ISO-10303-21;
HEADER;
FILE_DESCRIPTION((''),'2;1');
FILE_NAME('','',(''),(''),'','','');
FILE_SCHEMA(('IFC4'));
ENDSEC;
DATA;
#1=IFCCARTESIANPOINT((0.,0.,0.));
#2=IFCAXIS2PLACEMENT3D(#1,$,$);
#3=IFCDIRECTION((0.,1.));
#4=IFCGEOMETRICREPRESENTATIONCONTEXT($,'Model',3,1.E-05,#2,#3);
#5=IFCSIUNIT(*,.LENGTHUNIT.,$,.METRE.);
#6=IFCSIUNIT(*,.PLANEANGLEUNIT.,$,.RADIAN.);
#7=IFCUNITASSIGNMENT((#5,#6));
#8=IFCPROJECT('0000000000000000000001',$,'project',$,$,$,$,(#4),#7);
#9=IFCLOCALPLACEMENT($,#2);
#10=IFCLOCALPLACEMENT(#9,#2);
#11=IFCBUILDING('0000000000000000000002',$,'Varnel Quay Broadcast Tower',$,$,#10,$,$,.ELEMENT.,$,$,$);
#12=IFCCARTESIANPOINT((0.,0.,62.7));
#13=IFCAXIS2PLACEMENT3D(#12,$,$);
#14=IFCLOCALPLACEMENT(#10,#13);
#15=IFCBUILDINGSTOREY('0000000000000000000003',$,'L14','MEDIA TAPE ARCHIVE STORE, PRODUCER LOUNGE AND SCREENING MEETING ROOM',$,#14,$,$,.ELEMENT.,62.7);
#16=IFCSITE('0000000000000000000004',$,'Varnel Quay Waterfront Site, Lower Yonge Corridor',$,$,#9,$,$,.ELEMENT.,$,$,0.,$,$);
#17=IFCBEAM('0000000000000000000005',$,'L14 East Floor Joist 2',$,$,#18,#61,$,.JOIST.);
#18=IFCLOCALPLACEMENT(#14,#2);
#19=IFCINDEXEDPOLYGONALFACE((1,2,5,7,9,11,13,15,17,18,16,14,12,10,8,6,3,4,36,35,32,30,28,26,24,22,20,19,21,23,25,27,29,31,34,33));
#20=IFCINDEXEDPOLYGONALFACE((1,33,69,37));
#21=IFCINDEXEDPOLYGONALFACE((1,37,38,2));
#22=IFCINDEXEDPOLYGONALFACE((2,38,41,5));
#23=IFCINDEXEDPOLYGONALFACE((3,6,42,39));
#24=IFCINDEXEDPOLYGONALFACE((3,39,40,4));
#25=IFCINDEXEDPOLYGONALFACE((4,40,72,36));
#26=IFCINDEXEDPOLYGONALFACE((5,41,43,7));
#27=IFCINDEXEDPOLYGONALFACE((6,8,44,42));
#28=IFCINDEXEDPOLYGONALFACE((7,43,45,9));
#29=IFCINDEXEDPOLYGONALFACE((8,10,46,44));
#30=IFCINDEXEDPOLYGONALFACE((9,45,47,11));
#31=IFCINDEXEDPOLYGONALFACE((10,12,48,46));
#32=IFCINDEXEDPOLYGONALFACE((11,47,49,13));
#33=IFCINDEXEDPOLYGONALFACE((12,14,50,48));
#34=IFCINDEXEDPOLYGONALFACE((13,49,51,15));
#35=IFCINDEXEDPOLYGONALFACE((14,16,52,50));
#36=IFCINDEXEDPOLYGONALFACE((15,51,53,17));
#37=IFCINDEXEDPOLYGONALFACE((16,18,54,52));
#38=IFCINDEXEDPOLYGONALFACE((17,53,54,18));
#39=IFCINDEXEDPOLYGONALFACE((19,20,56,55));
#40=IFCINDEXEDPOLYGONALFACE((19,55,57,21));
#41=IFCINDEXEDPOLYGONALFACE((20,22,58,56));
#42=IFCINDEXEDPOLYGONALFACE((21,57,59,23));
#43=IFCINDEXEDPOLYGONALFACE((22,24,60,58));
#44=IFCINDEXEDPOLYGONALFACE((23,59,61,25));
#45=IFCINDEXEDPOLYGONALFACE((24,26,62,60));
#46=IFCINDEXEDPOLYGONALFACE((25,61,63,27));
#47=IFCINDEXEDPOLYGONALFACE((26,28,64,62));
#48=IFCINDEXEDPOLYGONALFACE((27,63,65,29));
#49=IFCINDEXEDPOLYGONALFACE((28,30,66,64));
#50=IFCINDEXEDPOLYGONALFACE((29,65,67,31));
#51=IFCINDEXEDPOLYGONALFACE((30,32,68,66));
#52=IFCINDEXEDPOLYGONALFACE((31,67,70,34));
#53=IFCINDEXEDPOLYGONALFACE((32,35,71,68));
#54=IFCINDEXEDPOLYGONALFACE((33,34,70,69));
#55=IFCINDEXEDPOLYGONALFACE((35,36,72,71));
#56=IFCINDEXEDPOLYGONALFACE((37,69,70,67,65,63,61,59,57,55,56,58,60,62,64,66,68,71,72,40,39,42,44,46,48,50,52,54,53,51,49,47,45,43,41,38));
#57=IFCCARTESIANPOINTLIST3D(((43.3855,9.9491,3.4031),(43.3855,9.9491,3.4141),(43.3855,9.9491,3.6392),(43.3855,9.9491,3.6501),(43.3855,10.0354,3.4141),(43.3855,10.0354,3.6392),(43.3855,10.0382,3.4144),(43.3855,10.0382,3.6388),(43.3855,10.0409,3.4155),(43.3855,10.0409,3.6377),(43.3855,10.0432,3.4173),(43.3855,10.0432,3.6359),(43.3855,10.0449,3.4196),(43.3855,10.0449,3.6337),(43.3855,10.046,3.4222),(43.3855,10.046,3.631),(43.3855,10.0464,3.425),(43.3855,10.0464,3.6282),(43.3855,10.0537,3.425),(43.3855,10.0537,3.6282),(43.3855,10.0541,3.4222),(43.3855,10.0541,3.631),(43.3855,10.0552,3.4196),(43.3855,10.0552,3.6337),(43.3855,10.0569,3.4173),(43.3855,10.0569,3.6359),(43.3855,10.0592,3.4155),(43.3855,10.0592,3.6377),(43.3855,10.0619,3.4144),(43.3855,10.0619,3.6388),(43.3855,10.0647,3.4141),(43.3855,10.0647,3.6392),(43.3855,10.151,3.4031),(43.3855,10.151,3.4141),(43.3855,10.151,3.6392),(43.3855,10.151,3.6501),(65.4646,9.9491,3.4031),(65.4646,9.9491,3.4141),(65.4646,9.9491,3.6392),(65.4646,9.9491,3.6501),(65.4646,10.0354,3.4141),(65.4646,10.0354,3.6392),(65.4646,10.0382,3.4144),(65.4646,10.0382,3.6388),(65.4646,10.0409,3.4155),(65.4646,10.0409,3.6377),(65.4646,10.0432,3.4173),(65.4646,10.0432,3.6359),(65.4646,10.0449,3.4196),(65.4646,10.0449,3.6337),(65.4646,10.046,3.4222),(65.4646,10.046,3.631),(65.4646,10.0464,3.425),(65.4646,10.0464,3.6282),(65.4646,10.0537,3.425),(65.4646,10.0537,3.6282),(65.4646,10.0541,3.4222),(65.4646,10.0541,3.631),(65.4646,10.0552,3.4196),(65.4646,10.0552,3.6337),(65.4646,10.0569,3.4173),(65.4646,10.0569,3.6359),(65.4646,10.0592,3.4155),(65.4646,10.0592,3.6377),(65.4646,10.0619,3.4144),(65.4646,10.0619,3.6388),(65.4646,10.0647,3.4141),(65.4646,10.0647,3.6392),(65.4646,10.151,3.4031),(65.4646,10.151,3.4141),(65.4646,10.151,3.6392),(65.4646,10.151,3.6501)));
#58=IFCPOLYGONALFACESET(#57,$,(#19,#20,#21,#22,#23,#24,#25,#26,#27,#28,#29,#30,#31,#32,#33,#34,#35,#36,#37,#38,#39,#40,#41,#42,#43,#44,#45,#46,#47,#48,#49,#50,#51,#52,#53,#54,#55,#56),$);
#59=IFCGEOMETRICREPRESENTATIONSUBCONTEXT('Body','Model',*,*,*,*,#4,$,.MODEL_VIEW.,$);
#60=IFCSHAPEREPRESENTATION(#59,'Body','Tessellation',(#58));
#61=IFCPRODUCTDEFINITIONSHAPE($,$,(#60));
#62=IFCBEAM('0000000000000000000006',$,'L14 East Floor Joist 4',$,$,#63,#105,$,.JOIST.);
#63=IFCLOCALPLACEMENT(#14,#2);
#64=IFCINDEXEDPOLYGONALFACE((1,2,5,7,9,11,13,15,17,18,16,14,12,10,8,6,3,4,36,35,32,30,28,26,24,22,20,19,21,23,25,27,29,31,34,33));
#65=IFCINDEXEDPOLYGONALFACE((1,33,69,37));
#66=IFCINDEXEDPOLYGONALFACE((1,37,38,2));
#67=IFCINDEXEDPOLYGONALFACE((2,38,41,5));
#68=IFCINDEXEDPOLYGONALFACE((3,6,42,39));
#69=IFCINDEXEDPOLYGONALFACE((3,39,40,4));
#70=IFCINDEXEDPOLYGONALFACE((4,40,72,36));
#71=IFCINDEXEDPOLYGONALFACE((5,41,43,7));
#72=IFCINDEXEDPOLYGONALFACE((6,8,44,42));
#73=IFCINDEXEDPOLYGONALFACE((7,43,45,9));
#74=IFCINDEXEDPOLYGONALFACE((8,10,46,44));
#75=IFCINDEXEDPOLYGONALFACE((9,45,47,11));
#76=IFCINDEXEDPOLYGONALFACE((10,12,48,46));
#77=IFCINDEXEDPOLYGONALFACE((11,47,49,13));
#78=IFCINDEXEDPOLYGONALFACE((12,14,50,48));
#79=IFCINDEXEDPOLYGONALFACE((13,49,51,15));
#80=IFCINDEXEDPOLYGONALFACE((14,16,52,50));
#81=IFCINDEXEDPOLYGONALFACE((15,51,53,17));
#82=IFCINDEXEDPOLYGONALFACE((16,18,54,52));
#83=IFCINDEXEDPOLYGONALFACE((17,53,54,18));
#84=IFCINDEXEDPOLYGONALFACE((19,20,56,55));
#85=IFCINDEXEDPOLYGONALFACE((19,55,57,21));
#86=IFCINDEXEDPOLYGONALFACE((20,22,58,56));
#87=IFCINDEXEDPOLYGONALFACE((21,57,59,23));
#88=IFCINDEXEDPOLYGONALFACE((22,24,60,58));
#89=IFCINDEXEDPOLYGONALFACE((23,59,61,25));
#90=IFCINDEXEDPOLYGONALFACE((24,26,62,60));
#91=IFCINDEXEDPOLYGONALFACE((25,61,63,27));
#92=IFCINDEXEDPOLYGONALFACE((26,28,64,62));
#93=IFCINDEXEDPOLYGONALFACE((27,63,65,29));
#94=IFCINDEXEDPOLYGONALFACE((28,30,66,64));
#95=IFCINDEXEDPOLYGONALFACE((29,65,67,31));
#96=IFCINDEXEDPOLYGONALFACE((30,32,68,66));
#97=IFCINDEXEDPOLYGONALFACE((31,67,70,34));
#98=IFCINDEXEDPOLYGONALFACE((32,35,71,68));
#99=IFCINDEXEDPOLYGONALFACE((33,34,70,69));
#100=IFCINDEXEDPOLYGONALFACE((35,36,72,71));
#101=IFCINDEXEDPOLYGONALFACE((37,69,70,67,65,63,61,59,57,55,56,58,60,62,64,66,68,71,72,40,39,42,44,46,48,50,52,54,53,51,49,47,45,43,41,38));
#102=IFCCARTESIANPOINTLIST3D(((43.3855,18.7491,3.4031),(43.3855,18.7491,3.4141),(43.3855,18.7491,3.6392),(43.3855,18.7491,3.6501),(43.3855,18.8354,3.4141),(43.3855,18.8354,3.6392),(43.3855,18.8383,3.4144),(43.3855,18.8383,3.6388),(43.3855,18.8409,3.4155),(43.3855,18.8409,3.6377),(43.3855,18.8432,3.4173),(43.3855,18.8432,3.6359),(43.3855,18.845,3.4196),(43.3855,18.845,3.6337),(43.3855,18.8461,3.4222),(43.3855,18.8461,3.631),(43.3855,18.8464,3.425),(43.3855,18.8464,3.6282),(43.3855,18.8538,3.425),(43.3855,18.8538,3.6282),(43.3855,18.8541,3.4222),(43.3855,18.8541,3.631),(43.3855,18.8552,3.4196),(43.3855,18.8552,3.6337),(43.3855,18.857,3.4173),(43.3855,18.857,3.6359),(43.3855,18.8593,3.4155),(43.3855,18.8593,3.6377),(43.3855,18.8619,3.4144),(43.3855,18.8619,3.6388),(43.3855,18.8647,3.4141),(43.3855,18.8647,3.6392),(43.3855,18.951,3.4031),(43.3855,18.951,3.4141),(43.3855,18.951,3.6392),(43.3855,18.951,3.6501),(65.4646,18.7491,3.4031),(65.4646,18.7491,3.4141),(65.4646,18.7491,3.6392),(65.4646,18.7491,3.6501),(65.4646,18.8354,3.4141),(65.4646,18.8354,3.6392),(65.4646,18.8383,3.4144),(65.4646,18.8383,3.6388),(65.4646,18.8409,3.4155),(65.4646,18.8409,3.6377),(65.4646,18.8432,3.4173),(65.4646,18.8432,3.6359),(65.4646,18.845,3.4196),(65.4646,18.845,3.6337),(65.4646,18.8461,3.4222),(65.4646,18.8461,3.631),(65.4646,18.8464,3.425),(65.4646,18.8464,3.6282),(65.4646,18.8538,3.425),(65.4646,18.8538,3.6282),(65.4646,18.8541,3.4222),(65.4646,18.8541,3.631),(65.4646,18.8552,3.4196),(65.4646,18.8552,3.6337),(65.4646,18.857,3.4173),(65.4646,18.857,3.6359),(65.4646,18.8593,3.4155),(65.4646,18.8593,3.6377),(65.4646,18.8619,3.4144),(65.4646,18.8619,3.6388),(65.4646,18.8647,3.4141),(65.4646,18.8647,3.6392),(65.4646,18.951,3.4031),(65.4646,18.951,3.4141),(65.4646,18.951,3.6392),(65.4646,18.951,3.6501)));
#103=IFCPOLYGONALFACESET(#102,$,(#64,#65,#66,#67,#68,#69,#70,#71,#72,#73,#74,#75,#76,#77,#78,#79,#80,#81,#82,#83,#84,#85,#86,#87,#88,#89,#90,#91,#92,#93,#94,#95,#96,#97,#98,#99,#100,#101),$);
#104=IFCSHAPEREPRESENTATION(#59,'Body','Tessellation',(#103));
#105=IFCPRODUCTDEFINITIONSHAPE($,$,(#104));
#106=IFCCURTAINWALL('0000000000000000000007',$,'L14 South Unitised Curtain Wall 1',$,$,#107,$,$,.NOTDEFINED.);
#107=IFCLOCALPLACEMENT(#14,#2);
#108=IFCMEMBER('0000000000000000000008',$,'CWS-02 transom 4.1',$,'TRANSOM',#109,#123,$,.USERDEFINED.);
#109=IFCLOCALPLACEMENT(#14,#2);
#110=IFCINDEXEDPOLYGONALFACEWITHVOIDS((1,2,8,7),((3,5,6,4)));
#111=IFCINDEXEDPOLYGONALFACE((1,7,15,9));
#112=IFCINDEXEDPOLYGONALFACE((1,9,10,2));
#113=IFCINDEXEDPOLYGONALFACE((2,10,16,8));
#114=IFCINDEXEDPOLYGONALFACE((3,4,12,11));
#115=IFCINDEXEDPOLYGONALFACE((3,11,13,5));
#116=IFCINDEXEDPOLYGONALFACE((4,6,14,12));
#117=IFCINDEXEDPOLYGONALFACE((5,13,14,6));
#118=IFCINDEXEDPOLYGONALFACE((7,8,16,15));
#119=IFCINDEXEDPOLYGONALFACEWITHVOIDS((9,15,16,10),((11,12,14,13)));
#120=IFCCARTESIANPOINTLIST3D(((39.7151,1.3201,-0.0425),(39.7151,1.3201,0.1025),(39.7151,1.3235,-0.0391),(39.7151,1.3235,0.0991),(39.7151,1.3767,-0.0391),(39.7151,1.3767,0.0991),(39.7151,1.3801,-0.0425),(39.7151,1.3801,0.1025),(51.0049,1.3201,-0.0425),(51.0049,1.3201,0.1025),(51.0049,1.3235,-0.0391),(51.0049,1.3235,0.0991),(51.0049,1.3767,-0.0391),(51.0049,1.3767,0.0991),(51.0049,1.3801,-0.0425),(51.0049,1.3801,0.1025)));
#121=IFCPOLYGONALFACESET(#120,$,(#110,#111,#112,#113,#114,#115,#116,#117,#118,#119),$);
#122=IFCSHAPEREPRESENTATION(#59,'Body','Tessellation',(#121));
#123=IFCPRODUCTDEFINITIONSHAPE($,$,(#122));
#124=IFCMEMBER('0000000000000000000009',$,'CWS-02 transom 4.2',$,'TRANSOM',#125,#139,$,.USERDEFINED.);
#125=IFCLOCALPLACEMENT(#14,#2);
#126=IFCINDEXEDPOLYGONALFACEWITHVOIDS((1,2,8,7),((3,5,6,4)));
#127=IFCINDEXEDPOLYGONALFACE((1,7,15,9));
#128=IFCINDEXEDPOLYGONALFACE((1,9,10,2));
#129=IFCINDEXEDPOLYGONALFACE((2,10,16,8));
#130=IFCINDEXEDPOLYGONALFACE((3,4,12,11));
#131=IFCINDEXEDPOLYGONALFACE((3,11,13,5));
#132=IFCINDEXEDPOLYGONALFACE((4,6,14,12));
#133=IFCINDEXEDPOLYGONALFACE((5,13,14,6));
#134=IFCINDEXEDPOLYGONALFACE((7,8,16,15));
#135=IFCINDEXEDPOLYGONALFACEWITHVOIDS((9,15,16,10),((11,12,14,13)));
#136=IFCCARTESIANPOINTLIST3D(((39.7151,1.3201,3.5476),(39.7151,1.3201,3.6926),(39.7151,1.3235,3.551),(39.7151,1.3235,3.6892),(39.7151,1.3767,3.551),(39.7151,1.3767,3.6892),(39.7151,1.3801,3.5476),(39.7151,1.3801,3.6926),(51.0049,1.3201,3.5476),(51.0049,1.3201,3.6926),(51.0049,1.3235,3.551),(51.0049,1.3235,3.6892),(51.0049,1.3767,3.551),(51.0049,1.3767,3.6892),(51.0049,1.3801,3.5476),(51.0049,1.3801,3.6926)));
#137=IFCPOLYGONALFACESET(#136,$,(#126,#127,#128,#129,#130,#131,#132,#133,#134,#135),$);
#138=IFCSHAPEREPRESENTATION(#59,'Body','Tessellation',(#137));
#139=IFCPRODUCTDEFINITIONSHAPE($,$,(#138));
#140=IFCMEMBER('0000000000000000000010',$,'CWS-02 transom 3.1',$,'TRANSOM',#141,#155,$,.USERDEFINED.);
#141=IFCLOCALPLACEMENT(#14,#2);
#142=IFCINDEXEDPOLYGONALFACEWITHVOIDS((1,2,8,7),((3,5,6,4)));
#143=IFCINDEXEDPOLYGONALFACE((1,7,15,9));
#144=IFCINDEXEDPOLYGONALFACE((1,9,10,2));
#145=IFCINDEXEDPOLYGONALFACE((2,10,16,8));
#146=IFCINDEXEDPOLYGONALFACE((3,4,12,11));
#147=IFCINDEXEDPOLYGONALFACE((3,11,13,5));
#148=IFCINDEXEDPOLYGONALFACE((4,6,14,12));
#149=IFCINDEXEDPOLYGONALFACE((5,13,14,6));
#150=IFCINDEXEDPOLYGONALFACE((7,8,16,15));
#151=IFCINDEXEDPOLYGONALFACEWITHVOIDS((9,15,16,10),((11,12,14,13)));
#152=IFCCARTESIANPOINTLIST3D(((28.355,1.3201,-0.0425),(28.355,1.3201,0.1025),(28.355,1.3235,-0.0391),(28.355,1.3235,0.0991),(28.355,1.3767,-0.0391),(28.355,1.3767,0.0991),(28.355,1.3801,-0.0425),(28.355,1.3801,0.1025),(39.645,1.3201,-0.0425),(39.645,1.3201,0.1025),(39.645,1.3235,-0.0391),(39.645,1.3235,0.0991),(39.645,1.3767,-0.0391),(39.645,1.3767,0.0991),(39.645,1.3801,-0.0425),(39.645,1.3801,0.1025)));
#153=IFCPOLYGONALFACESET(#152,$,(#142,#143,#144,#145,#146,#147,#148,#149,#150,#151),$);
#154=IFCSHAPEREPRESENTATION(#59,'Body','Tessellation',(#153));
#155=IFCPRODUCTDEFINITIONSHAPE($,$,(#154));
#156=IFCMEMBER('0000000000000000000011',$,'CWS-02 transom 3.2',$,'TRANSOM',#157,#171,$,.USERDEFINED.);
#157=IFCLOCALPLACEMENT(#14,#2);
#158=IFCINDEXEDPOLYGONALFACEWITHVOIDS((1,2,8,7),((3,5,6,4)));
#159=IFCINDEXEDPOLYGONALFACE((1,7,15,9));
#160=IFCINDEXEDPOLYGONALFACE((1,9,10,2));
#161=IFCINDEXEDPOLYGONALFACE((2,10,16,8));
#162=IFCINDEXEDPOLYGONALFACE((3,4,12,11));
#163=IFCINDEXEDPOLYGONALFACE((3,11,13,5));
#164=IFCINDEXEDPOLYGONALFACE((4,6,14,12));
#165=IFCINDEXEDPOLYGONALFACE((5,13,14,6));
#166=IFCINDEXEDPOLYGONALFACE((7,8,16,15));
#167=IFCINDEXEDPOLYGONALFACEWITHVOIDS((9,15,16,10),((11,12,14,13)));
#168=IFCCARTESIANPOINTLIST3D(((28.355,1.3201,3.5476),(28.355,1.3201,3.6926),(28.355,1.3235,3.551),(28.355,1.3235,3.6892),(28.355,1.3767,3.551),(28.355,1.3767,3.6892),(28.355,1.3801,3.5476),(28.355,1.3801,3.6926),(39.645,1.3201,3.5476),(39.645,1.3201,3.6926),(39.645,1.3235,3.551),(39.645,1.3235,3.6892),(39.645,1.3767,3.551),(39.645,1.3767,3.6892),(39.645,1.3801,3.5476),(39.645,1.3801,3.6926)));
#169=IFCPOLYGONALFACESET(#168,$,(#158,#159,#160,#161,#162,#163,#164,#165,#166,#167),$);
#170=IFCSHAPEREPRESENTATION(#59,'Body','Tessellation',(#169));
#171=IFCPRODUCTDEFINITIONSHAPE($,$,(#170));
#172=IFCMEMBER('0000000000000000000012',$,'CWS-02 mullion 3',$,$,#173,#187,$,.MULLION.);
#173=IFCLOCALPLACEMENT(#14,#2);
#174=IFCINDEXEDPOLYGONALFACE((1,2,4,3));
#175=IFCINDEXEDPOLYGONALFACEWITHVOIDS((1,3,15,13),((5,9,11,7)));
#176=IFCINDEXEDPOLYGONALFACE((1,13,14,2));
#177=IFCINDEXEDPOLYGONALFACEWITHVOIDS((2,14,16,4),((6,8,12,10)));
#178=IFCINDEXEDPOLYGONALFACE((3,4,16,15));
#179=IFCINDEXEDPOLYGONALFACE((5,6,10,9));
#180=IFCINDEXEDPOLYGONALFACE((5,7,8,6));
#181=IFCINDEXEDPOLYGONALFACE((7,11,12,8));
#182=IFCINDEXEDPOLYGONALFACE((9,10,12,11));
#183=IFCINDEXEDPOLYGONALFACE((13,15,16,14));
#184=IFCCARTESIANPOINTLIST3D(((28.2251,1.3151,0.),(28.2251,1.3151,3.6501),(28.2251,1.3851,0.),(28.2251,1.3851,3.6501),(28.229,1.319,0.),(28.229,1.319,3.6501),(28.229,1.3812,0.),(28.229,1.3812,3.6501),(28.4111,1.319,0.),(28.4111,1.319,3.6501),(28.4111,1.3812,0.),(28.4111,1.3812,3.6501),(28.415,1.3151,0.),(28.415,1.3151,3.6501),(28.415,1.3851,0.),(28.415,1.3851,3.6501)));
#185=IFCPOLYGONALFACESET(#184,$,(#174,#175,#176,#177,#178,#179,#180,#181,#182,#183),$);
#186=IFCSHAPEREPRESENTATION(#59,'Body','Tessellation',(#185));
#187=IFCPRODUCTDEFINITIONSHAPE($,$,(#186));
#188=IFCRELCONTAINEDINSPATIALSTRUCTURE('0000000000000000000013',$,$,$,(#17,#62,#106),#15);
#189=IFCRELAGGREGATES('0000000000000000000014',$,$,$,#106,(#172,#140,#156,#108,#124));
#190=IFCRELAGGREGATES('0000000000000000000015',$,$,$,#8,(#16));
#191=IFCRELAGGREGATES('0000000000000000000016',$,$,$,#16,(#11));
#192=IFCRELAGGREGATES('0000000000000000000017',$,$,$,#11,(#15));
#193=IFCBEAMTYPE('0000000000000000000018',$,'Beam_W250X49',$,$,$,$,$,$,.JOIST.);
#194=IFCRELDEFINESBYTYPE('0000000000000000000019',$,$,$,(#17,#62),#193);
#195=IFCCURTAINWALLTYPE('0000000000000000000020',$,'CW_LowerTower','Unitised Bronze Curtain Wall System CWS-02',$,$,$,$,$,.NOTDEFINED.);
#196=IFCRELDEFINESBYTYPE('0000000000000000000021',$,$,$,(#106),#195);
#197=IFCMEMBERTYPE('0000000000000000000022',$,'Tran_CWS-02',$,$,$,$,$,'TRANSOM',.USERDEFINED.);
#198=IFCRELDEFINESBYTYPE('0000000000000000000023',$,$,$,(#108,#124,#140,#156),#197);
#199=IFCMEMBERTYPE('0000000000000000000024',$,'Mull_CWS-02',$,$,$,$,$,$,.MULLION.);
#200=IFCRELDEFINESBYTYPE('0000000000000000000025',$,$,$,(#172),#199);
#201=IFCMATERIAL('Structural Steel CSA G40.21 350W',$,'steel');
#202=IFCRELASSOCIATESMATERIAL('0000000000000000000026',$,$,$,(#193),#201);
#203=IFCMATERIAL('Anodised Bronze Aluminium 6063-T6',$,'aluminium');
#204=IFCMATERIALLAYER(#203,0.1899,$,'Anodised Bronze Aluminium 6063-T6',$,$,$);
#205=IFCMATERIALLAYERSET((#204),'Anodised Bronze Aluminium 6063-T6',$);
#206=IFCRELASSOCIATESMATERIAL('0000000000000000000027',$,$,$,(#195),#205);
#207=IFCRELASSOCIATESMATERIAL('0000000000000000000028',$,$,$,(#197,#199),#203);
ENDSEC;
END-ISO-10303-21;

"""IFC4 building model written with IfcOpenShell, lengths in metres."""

from ifc_helpers import new_model, si_unit, direction, frame, origin, origin_2d, place, context, subcontext, project, spatial, hollow_rectangle, i_section, extrude, source, transform, mapped, material, layer, layer_set, material_profile, profile_set, type_object, type_shapes, element, aggregate, save


model = new_model("IFC4")

# Units and contexts
model_context = context("Model", 3, precision=1e-05, world=origin(), true_north=direction((0.0, 1.0)))
body_context = subcontext(model_context, "Body", "Model", "MODEL_VIEW")
ifc_project = project(units=[si_unit("LENGTHUNIT", "METRE"), si_unit("PLANEANGLEUNIT", "RADIAN")], contexts=[model_context])

# Site, building, storey
site_placement = place(None, origin())
site = spatial("IfcSite", under=ifc_project, at=site_placement, Name="Varnel Quay Waterfront Site, Lower Yonge Corridor", CompositionType="ELEMENT", RefElevation=0.0)
building_placement = place(site_placement, origin())
building = spatial("IfcBuilding", under=site, at=building_placement, Name="Varnel Quay Broadcast Tower", CompositionType="ELEMENT")
storey_placement = place(building_placement, frame((0.0, 0.0, 62.7)))
storey = spatial("IfcBuildingStorey", under=building, at=storey_placement, Name="L14", Description="MEDIA TAPE ARCHIVE STORE, PRODUCER LOUNGE AND SCREENING MEETING ROOM", CompositionType="ELEMENT", Elevation=62.7)

# Shared definitions
ifc_material_1 = material(Name="Structural Steel CSA G40.21 350W", Category="steel")

# Beams
ifc_material_profile_1 = material_profile(ifc_material_1, i_section(OverallWidth=0.2019, OverallDepth=0.2471, WebThickness=0.0073, FlangeThickness=0.011, FilletRadius=0.011, at=origin_2d()), Name="W250X49")
ifc_profile_set_1 = profile_set([ifc_material_profile_1], Name="Structural Steel CSA G40.21 350W")
beam_type_1 = type_object("IfcBeamType", Name="Beam_W250X49", PredefinedType="JOIST", material=ifc_profile_set_1)
shared_shape_1 = source(origin(), body_context, "Body", "SweptSolid", [
    extrude(i_section(OverallWidth=0.2019, OverallDepth=0.2471, WebThickness=0.0073, FlangeThickness=0.011, FilletRadius=0.011, at=origin_2d()), origin(), (0.0, 0.0, 1.0), 22.0791),
])
type_shapes(beam_type_1, [shared_shape_1])
for number, where, z_axis, x_axis, name in (
    (1, (43.3855, 10.05, 3.5266), (1.0, 0.0, 0.0), (0.0, 1.0, 0.0), "L14 East Floor Joist 2"),
    (2, (43.3855, 18.8501, 3.5266), (1.0, 0.0, 0.0), (0.0, 1.0, 0.0), "L14 East Floor Joist 4"),
):
    element("IfcBeam", number, at=place(storey_placement, frame(where, z_axis=z_axis, x_axis=x_axis)), inside=storey, type_object=beam_type_1, Name=name, PredefinedType="JOIST", context=body_context, shape_type="MappedRepresentation", body=[
        mapped(shared_shape_1, transform((0.0, 0.0, 0.0), x_axis=(1.0, 0.0, 0.0), y_axis=(0.0, 1.0, 0.0), z_axis=(0.0, 0.0, 1.0), scale=1.0)),
    ])

# Curtain wall, members
ifc_material_2 = material(Name="Anodised Bronze Aluminium 6063-T6", Category="aluminium")
ifc_layer_1 = layer(ifc_material_2, 0.1899, Name="Anodised Bronze Aluminium 6063-T6")
ifc_layer_set_1 = layer_set([ifc_layer_1], Name="Anodised Bronze Aluminium 6063-T6")
curtain_wall_type = type_object("IfcCurtainWallType", Name="CW_LowerTower", Description="Unitised Bronze Curtain Wall System CWS-02", PredefinedType="NOTDEFINED", material=ifc_layer_set_1)
curtain_wall_placement = place(storey_placement, origin())
curtain_wall = element("IfcCurtainWall", 3, at=curtain_wall_placement, inside=storey, type_object=curtain_wall_type, Name="L14 South Unitised Curtain Wall 1", PredefinedType="NOTDEFINED")
ifc_material_profile_2 = material_profile(ifc_material_2, hollow_rectangle(XDim=0.0601, YDim=0.145, WallThickness=0.0034, at=origin_2d()), Name="ALU60X145X3.5")
ifc_profile_set_2 = profile_set([ifc_material_profile_2], Name="Anodised Bronze Aluminium 6063-T6")
member_type_1 = type_object("IfcMemberType", Name="Tran_CWS-02", ElementType="TRANSOM", PredefinedType="USERDEFINED", material=ifc_profile_set_2)
shared_shape_2 = source(origin(), body_context, "Body", "SweptSolid", [
    extrude(hollow_rectangle(XDim=0.0601, YDim=0.145, WallThickness=0.0034, at=origin_2d()), origin(), (0.0, 0.0, 1.0), 11.2898),
])
member_1_placement = place(storey_placement, frame((39.7151, 1.3501, 0.03), z_axis=(1.0, 0.0, 0.0), x_axis=(0.0, 1.0, 0.0)))
member_1 = element("IfcMember", 4, at=member_1_placement, type_object=member_type_1, Name="CWS-02 transom 4.1", ObjectType="TRANSOM", PredefinedType="USERDEFINED", context=body_context, shape_type="MappedRepresentation", body=[
    mapped(shared_shape_2, transform((0.0, 0.0, 0.0), x_axis=(1.0, 0.0, 0.0), y_axis=(0.0, 1.0, 0.0), z_axis=(0.0, 0.0, 1.0), scale=1.0)),
])
member_2_placement = place(storey_placement, frame((39.7151, 1.3501, 3.6201), z_axis=(1.0, 0.0, 0.0), x_axis=(0.0, 1.0, 0.0)))
member_2 = element("IfcMember", 5, at=member_2_placement, type_object=member_type_1, Name="CWS-02 transom 4.2", ObjectType="TRANSOM", PredefinedType="USERDEFINED", context=body_context, shape_type="MappedRepresentation", body=[
    mapped(shared_shape_2, transform((0.0, 0.0, 0.0), x_axis=(1.0, 0.0, 0.0), y_axis=(0.0, 1.0, 0.0), z_axis=(0.0, 0.0, 1.0), scale=1.0)),
])
shared_shape_3 = source(origin(), body_context, "Body", "SweptSolid", [
    extrude(hollow_rectangle(XDim=0.0601, YDim=0.145, WallThickness=0.0034, at=origin_2d()), origin(), (0.0, 0.0, 1.0), 11.29),
])
type_shapes(member_type_1, [shared_shape_2, shared_shape_3])
member_3_placement = place(storey_placement, frame((28.355, 1.3501, 0.03), z_axis=(1.0, 0.0, 0.0), x_axis=(0.0, 1.0, 0.0)))
member_3 = element("IfcMember", 6, at=member_3_placement, type_object=member_type_1, Name="CWS-02 transom 3.1", ObjectType="TRANSOM", PredefinedType="USERDEFINED", context=body_context, shape_type="MappedRepresentation", body=[
    mapped(shared_shape_3, transform((0.0, 0.0, 0.0), x_axis=(1.0, 0.0, 0.0), y_axis=(0.0, 1.0, 0.0), z_axis=(0.0, 0.0, 1.0), scale=1.0)),
])
member_4_placement = place(storey_placement, frame((28.355, 1.3501, 3.6201), z_axis=(1.0, 0.0, 0.0), x_axis=(0.0, 1.0, 0.0)))
member_4 = element("IfcMember", 7, at=member_4_placement, type_object=member_type_1, Name="CWS-02 transom 3.2", ObjectType="TRANSOM", PredefinedType="USERDEFINED", context=body_context, shape_type="MappedRepresentation", body=[
    mapped(shared_shape_3, transform((0.0, 0.0, 0.0), x_axis=(1.0, 0.0, 0.0), y_axis=(0.0, 1.0, 0.0), z_axis=(0.0, 0.0, 1.0), scale=1.0)),
])
ifc_material_profile_3 = material_profile(ifc_material_2, hollow_rectangle(XDim=0.0701, YDim=0.1899, WallThickness=0.0039, at=origin_2d()), Name="ALU70X190X4")
ifc_profile_set_3 = profile_set([ifc_material_profile_3], Name="Anodised Bronze Aluminium 6063-T6")
member_type_2 = type_object("IfcMemberType", Name="Mull_CWS-02", PredefinedType="MULLION", material=ifc_profile_set_3)
shared_shape_4 = source(origin(), body_context, "Body", "SweptSolid", [
    extrude(hollow_rectangle(XDim=0.0701, YDim=0.1899, WallThickness=0.0039, at=origin_2d()), origin(), (0.0, 0.0, 1.0), 3.6501),
])
type_shapes(member_type_2, [shared_shape_4])
member_5_placement = place(storey_placement, frame((28.3201, 1.3501, 0.0), z_axis=(0.0, 0.0, 1.0), x_axis=(0.0, 1.0, 0.0)))
member_5 = element("IfcMember", 8, at=member_5_placement, type_object=member_type_2, Name="CWS-02 mullion 3", PredefinedType="MULLION", context=body_context, shape_type="MappedRepresentation", body=[
    mapped(shared_shape_4, transform((0.0, 0.0, 0.0), x_axis=(1.0, 0.0, 0.0), y_axis=(0.0, 1.0, 0.0), z_axis=(0.0, 0.0, 1.0), scale=1.0)),
])
aggregate(curtain_wall, [member_5, member_3, member_4, member_1, member_2])

save(model, "model.ifc")
